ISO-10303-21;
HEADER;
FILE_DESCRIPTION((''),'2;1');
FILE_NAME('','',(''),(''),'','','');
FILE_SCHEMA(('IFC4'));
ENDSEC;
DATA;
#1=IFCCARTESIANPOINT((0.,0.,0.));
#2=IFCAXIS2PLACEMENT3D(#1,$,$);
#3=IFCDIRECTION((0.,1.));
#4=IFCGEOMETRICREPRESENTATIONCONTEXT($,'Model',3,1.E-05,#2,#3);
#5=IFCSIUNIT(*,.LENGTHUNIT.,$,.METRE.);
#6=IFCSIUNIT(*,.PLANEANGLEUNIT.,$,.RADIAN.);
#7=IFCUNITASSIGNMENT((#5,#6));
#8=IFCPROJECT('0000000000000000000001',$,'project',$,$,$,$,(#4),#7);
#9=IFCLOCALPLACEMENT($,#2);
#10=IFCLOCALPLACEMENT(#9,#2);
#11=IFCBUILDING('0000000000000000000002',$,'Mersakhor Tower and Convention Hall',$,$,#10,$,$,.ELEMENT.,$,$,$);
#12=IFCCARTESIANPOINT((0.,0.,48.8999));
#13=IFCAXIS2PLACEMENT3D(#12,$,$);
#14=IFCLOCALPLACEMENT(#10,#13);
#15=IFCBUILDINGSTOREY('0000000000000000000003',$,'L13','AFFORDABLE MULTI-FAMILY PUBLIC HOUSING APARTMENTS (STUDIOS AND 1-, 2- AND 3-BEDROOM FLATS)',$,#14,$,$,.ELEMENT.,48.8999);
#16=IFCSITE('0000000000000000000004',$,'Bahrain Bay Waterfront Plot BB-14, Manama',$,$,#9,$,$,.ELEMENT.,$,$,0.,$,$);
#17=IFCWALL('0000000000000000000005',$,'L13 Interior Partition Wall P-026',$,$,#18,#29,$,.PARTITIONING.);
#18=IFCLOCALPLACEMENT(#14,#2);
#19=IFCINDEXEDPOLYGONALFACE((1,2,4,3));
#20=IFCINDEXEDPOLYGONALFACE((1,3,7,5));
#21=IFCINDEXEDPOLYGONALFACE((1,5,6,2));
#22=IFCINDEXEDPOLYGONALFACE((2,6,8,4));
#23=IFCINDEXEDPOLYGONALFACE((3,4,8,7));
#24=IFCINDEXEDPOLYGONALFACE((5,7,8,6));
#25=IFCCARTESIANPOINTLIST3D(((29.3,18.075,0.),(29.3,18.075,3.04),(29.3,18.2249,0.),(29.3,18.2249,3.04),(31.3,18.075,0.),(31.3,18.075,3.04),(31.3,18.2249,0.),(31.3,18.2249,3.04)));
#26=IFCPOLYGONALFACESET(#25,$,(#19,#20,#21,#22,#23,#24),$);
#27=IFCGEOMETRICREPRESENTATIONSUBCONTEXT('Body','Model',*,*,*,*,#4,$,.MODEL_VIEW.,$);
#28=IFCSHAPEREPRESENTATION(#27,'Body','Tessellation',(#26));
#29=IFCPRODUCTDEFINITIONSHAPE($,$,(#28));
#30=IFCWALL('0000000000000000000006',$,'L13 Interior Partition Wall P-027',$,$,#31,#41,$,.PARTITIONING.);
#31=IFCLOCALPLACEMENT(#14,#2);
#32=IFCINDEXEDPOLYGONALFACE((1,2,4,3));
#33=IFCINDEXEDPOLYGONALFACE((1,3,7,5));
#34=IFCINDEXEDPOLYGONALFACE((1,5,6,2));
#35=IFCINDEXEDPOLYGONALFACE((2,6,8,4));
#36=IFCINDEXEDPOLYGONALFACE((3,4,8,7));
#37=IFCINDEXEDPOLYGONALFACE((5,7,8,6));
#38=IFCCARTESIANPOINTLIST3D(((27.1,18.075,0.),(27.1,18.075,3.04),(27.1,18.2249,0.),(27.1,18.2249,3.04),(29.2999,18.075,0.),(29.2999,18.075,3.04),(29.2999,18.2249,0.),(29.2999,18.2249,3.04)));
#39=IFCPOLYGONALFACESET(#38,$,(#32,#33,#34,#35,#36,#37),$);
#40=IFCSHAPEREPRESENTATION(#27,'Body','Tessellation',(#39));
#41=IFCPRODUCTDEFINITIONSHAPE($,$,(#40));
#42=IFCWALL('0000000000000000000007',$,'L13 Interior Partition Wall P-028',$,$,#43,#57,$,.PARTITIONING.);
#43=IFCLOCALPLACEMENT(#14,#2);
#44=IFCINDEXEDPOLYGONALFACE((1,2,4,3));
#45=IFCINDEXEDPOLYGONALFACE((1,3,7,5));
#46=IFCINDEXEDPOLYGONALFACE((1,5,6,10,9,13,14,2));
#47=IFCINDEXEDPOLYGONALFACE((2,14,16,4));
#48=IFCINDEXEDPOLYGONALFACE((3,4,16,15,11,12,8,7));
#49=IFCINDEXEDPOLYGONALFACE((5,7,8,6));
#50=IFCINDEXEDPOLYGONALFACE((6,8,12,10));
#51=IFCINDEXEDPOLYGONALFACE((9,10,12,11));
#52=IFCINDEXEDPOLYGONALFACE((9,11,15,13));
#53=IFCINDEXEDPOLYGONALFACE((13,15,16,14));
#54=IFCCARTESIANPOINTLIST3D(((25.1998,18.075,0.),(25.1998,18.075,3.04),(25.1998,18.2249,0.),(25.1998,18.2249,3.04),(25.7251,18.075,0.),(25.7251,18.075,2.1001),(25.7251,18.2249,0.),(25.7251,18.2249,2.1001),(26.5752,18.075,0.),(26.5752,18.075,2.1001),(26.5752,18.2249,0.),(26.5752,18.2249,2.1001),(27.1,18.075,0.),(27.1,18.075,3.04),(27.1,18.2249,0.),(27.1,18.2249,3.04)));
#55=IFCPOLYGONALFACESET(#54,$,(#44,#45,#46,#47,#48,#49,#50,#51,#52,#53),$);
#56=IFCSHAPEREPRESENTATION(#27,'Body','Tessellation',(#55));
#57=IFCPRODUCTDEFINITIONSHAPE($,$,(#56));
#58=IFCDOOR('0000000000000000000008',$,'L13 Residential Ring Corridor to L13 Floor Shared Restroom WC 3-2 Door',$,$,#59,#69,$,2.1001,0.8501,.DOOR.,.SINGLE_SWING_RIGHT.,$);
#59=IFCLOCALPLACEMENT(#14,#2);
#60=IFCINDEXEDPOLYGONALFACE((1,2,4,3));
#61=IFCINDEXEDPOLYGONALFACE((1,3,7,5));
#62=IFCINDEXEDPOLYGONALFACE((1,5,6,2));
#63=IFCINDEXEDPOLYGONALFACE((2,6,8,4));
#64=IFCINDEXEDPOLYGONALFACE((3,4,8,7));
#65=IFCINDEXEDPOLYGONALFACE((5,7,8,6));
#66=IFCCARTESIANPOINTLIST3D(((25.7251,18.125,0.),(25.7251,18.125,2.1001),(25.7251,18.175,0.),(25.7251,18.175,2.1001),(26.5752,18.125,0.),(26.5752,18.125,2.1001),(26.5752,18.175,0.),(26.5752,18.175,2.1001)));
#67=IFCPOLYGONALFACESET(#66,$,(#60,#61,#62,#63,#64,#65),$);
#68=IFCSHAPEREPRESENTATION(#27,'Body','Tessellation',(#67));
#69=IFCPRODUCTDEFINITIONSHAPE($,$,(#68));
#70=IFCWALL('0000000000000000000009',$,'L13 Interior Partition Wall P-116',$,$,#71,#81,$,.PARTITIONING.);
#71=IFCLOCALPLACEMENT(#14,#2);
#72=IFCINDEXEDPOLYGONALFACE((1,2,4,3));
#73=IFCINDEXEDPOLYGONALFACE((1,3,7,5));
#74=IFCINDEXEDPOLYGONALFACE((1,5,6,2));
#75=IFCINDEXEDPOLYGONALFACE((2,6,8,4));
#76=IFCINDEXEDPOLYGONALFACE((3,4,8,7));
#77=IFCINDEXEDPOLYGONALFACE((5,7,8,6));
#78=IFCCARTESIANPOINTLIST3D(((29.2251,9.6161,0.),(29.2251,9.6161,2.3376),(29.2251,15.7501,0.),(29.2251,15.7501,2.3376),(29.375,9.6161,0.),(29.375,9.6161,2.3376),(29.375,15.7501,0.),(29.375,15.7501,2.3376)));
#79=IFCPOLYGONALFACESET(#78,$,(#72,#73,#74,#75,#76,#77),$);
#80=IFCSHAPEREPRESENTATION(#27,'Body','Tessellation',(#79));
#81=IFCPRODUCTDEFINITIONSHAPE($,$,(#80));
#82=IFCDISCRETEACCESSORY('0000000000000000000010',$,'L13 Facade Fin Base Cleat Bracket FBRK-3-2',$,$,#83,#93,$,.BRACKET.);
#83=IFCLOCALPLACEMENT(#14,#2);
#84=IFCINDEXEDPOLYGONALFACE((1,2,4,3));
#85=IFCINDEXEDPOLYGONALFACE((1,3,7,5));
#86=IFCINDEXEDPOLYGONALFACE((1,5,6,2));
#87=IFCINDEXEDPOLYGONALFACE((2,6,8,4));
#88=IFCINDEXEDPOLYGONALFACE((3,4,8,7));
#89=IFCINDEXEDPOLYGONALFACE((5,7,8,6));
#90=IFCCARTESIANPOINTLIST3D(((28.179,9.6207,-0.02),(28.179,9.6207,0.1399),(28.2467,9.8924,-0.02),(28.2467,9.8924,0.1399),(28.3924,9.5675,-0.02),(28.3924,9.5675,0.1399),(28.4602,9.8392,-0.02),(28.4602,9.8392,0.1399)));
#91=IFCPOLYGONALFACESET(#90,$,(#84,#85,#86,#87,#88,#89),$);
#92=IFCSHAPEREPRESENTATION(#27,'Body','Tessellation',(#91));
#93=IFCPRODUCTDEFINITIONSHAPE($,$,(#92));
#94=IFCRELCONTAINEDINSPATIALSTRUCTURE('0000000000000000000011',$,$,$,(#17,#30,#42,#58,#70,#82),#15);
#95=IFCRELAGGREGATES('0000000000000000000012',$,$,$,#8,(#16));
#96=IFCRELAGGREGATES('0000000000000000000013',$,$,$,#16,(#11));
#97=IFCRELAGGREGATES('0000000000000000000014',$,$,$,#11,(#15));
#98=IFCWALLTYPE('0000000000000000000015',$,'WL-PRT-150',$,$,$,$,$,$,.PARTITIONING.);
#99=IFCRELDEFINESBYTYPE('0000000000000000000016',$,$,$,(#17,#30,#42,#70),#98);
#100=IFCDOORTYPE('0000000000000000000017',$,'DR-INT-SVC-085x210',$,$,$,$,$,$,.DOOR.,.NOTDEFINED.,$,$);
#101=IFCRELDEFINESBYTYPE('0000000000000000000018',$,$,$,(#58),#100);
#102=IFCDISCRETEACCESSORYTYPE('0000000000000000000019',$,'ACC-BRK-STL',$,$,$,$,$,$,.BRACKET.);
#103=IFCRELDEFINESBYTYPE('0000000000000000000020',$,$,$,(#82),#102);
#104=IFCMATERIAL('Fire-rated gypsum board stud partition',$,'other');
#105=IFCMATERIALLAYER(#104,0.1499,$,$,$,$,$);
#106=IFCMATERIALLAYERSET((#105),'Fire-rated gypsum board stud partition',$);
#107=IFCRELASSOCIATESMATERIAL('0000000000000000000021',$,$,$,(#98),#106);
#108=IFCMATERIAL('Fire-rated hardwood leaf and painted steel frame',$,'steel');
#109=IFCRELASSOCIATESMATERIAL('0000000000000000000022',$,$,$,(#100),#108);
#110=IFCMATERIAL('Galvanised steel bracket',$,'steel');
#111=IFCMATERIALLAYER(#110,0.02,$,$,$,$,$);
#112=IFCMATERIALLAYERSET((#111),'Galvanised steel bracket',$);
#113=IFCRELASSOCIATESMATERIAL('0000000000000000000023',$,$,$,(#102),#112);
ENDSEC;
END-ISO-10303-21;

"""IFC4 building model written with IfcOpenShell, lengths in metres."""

from ifc_helpers import new_model, si_unit, direction, frame, frame_2d, origin, origin_2d, place, context, subcontext, project, spatial, rectangle, extrude, material, layer, layer_set, type_object, element, fill, save


model = new_model("IFC4")

# Units and contexts
model_context = context("Model", 3, precision=1e-05, world=origin(), true_north=direction((0.0, 1.0)))
body_context = subcontext(model_context, "Body", "Model", "MODEL_VIEW")
ifc_project = project(units=[si_unit("LENGTHUNIT", "METRE"), si_unit("PLANEANGLEUNIT", "RADIAN")], contexts=[model_context])

# Site, building, storey
site_placement = place(None, origin())
site = spatial("IfcSite", under=ifc_project, at=site_placement, Name="Bahrain Bay Waterfront Plot BB-14, Manama", CompositionType="ELEMENT", RefElevation=0.0)
building_placement = place(site_placement, origin())
building = spatial("IfcBuilding", under=site, at=building_placement, Name="Mersakhor Tower and Convention Hall", CompositionType="ELEMENT")
storey_placement = place(building_placement, frame((0.0, 0.0, 48.8999)))
storey = spatial("IfcBuildingStorey", under=building, at=storey_placement, Name="L13", Description="AFFORDABLE MULTI-FAMILY PUBLIC HOUSING APARTMENTS (STUDIOS AND 1-, 2- AND 3-BEDROOM FLATS)", CompositionType="ELEMENT", Elevation=48.8999)

# Shared definitions
ifc_material_1 = material(Name="Fire-rated gypsum board stud partition", Category="other")
ifc_layer_1 = layer(ifc_material_1, 0.1499)
ifc_layer_set_1 = layer_set([ifc_layer_1], Name="Fire-rated gypsum board stud partition")
wall_type_1 = type_object("IfcWallType", Name="WL-PRT-150", PredefinedType="PARTITIONING", material=ifc_layer_set_1)

# Walls
wall_1_placement = place(storey_placement, frame((31.3, 18.1499, 0.0), z_axis=(0.0, 0.0, 1.0), x_axis=(-1.0, 0.0, 0.0)))
element("IfcWall", 1, at=wall_1_placement, inside=storey, type_object=wall_type_1, Name="L13 Interior Partition Wall P-026", PredefinedType="PARTITIONING", context=body_context, shape_type="SweptSolid", body=[
    extrude(rectangle(XDim=2.0, YDim=0.1499, at=frame_2d((1.0, 0.0))), origin(), (0.0, 0.0, 1.0), 3.04),
])
wall_2_placement = place(storey_placement, frame((29.3, 18.1499, 0.0), z_axis=(0.0, 0.0, 1.0), x_axis=(-1.0, 0.0, 0.0)))
element("IfcWall", 2, at=wall_2_placement, inside=storey, type_object=wall_type_1, Name="L13 Interior Partition Wall P-027", PredefinedType="PARTITIONING", context=body_context, shape_type="SweptSolid", body=[
    extrude(rectangle(XDim=2.2, YDim=0.1499, at=frame_2d((1.1001, 0.0))), origin(), (0.0, 0.0, 1.0), 3.04),
])

# Wall, opening, door
wall_3_placement = place(storey_placement, frame((27.1001, 18.1499, 0.0), z_axis=(0.0, 0.0, 1.0), x_axis=(-1.0, 0.0, 0.0)))
wall_3 = element("IfcWall", 3, at=wall_3_placement, inside=storey, type_object=wall_type_1, Name="L13 Interior Partition Wall P-028", PredefinedType="PARTITIONING", context=body_context, shape_type="SweptSolid", body=[
    extrude(rectangle(XDim=1.9001, YDim=0.1499, at=frame_2d((0.9502, 0.0))), origin(), (0.0, 0.0, 1.0), 3.04),
])
opening_1_placement = place(wall_3_placement, frame((0.5249, 0.0, 0.0)))
opening_1 = element("IfcOpeningElement", 4, at=opening_1_placement, cuts=wall_3, PredefinedType="OPENING", context=body_context, shape_type="SweptSolid", body=[
    extrude(rectangle(XDim=0.8501, YDim=2.1001, at=frame_2d((0.425, 1.05))), frame((0.0, 0.085, 0.0), z_axis=(0.0, -1.0, 0.0), x_axis=(1.0, 0.0, 0.0)), (0.0, 0.0, 1.0), 0.1699),
])
ifc_material_2 = material(Name="Fire-rated hardwood leaf and painted steel frame", Category="steel")
door_type_1 = type_object("IfcDoorType", Name="DR-INT-SVC-085x210", OperationType="NOTDEFINED", PredefinedType="DOOR", material=ifc_material_2)
door_1_placement = place(opening_1_placement, origin())
door_1 = element("IfcDoor", 5, at=door_1_placement, inside=storey, type_object=door_type_1, Name="L13 Residential Ring Corridor to L13 Floor Shared Restroom WC 3-2 Door", OperationType="SINGLE_SWING_RIGHT", OverallHeight=2.1001, OverallWidth=0.8501, PredefinedType="DOOR", context=body_context, shape_type="SweptSolid", body=[
    extrude(rectangle(XDim=0.8501, YDim=2.1001, at=frame_2d((0.425, 1.05))), frame((0.0, 0.0249, 0.0), z_axis=(0.0, -1.0, 0.0), x_axis=(1.0, 0.0, 0.0)), (0.0, 0.0, 1.0), 0.05),
])
fill(opening_1, door_1)

# Wall
wall_4_placement = place(storey_placement, frame((29.3, 15.75, 0.0), z_axis=(0.0, 0.0, 1.0), x_axis=(0.0, -1.0, 0.0)))
element("IfcWall", 6, at=wall_4_placement, inside=storey, type_object=wall_type_1, Name="L13 Interior Partition Wall P-116", PredefinedType="PARTITIONING", context=body_context, shape_type="SweptSolid", body=[
    extrude(rectangle(XDim=6.134, YDim=0.1499, at=frame_2d((3.0669, 0.0))), origin(), (0.0, 0.0, 1.0), 2.3376),
])

# Discrete accessory
ifc_material_3 = material(Name="Galvanised steel bracket", Category="steel")
ifc_layer_2 = layer(ifc_material_3, 0.02)
ifc_layer_set_2 = layer_set([ifc_layer_2], Name="Galvanised steel bracket")
discrete_accessory_type = type_object("IfcDiscreteAccessoryType", Name="ACC-BRK-STL", PredefinedType="BRACKET", material=ifc_layer_set_2)
discrete_accessory_placement = place(storey_placement, frame((28.3196, 9.73, -0.02), z_axis=(0.0, 0.0, 1.0), x_axis=(-0.241922, -0.970296, 0.0)))
element("IfcDiscreteAccessory", 7, at=discrete_accessory_placement, inside=storey, type_object=discrete_accessory_type, Name="L13 Facade Fin Base Cleat Bracket FBRK-3-2", PredefinedType="BRACKET", context=body_context, shape_type="SweptSolid", body=[
    extrude(rectangle(XDim=0.28, YDim=0.22, at=origin_2d()), origin(), (0.0, 0.0, 1.0), 0.1599),
])

save(model, "model.ifc")
